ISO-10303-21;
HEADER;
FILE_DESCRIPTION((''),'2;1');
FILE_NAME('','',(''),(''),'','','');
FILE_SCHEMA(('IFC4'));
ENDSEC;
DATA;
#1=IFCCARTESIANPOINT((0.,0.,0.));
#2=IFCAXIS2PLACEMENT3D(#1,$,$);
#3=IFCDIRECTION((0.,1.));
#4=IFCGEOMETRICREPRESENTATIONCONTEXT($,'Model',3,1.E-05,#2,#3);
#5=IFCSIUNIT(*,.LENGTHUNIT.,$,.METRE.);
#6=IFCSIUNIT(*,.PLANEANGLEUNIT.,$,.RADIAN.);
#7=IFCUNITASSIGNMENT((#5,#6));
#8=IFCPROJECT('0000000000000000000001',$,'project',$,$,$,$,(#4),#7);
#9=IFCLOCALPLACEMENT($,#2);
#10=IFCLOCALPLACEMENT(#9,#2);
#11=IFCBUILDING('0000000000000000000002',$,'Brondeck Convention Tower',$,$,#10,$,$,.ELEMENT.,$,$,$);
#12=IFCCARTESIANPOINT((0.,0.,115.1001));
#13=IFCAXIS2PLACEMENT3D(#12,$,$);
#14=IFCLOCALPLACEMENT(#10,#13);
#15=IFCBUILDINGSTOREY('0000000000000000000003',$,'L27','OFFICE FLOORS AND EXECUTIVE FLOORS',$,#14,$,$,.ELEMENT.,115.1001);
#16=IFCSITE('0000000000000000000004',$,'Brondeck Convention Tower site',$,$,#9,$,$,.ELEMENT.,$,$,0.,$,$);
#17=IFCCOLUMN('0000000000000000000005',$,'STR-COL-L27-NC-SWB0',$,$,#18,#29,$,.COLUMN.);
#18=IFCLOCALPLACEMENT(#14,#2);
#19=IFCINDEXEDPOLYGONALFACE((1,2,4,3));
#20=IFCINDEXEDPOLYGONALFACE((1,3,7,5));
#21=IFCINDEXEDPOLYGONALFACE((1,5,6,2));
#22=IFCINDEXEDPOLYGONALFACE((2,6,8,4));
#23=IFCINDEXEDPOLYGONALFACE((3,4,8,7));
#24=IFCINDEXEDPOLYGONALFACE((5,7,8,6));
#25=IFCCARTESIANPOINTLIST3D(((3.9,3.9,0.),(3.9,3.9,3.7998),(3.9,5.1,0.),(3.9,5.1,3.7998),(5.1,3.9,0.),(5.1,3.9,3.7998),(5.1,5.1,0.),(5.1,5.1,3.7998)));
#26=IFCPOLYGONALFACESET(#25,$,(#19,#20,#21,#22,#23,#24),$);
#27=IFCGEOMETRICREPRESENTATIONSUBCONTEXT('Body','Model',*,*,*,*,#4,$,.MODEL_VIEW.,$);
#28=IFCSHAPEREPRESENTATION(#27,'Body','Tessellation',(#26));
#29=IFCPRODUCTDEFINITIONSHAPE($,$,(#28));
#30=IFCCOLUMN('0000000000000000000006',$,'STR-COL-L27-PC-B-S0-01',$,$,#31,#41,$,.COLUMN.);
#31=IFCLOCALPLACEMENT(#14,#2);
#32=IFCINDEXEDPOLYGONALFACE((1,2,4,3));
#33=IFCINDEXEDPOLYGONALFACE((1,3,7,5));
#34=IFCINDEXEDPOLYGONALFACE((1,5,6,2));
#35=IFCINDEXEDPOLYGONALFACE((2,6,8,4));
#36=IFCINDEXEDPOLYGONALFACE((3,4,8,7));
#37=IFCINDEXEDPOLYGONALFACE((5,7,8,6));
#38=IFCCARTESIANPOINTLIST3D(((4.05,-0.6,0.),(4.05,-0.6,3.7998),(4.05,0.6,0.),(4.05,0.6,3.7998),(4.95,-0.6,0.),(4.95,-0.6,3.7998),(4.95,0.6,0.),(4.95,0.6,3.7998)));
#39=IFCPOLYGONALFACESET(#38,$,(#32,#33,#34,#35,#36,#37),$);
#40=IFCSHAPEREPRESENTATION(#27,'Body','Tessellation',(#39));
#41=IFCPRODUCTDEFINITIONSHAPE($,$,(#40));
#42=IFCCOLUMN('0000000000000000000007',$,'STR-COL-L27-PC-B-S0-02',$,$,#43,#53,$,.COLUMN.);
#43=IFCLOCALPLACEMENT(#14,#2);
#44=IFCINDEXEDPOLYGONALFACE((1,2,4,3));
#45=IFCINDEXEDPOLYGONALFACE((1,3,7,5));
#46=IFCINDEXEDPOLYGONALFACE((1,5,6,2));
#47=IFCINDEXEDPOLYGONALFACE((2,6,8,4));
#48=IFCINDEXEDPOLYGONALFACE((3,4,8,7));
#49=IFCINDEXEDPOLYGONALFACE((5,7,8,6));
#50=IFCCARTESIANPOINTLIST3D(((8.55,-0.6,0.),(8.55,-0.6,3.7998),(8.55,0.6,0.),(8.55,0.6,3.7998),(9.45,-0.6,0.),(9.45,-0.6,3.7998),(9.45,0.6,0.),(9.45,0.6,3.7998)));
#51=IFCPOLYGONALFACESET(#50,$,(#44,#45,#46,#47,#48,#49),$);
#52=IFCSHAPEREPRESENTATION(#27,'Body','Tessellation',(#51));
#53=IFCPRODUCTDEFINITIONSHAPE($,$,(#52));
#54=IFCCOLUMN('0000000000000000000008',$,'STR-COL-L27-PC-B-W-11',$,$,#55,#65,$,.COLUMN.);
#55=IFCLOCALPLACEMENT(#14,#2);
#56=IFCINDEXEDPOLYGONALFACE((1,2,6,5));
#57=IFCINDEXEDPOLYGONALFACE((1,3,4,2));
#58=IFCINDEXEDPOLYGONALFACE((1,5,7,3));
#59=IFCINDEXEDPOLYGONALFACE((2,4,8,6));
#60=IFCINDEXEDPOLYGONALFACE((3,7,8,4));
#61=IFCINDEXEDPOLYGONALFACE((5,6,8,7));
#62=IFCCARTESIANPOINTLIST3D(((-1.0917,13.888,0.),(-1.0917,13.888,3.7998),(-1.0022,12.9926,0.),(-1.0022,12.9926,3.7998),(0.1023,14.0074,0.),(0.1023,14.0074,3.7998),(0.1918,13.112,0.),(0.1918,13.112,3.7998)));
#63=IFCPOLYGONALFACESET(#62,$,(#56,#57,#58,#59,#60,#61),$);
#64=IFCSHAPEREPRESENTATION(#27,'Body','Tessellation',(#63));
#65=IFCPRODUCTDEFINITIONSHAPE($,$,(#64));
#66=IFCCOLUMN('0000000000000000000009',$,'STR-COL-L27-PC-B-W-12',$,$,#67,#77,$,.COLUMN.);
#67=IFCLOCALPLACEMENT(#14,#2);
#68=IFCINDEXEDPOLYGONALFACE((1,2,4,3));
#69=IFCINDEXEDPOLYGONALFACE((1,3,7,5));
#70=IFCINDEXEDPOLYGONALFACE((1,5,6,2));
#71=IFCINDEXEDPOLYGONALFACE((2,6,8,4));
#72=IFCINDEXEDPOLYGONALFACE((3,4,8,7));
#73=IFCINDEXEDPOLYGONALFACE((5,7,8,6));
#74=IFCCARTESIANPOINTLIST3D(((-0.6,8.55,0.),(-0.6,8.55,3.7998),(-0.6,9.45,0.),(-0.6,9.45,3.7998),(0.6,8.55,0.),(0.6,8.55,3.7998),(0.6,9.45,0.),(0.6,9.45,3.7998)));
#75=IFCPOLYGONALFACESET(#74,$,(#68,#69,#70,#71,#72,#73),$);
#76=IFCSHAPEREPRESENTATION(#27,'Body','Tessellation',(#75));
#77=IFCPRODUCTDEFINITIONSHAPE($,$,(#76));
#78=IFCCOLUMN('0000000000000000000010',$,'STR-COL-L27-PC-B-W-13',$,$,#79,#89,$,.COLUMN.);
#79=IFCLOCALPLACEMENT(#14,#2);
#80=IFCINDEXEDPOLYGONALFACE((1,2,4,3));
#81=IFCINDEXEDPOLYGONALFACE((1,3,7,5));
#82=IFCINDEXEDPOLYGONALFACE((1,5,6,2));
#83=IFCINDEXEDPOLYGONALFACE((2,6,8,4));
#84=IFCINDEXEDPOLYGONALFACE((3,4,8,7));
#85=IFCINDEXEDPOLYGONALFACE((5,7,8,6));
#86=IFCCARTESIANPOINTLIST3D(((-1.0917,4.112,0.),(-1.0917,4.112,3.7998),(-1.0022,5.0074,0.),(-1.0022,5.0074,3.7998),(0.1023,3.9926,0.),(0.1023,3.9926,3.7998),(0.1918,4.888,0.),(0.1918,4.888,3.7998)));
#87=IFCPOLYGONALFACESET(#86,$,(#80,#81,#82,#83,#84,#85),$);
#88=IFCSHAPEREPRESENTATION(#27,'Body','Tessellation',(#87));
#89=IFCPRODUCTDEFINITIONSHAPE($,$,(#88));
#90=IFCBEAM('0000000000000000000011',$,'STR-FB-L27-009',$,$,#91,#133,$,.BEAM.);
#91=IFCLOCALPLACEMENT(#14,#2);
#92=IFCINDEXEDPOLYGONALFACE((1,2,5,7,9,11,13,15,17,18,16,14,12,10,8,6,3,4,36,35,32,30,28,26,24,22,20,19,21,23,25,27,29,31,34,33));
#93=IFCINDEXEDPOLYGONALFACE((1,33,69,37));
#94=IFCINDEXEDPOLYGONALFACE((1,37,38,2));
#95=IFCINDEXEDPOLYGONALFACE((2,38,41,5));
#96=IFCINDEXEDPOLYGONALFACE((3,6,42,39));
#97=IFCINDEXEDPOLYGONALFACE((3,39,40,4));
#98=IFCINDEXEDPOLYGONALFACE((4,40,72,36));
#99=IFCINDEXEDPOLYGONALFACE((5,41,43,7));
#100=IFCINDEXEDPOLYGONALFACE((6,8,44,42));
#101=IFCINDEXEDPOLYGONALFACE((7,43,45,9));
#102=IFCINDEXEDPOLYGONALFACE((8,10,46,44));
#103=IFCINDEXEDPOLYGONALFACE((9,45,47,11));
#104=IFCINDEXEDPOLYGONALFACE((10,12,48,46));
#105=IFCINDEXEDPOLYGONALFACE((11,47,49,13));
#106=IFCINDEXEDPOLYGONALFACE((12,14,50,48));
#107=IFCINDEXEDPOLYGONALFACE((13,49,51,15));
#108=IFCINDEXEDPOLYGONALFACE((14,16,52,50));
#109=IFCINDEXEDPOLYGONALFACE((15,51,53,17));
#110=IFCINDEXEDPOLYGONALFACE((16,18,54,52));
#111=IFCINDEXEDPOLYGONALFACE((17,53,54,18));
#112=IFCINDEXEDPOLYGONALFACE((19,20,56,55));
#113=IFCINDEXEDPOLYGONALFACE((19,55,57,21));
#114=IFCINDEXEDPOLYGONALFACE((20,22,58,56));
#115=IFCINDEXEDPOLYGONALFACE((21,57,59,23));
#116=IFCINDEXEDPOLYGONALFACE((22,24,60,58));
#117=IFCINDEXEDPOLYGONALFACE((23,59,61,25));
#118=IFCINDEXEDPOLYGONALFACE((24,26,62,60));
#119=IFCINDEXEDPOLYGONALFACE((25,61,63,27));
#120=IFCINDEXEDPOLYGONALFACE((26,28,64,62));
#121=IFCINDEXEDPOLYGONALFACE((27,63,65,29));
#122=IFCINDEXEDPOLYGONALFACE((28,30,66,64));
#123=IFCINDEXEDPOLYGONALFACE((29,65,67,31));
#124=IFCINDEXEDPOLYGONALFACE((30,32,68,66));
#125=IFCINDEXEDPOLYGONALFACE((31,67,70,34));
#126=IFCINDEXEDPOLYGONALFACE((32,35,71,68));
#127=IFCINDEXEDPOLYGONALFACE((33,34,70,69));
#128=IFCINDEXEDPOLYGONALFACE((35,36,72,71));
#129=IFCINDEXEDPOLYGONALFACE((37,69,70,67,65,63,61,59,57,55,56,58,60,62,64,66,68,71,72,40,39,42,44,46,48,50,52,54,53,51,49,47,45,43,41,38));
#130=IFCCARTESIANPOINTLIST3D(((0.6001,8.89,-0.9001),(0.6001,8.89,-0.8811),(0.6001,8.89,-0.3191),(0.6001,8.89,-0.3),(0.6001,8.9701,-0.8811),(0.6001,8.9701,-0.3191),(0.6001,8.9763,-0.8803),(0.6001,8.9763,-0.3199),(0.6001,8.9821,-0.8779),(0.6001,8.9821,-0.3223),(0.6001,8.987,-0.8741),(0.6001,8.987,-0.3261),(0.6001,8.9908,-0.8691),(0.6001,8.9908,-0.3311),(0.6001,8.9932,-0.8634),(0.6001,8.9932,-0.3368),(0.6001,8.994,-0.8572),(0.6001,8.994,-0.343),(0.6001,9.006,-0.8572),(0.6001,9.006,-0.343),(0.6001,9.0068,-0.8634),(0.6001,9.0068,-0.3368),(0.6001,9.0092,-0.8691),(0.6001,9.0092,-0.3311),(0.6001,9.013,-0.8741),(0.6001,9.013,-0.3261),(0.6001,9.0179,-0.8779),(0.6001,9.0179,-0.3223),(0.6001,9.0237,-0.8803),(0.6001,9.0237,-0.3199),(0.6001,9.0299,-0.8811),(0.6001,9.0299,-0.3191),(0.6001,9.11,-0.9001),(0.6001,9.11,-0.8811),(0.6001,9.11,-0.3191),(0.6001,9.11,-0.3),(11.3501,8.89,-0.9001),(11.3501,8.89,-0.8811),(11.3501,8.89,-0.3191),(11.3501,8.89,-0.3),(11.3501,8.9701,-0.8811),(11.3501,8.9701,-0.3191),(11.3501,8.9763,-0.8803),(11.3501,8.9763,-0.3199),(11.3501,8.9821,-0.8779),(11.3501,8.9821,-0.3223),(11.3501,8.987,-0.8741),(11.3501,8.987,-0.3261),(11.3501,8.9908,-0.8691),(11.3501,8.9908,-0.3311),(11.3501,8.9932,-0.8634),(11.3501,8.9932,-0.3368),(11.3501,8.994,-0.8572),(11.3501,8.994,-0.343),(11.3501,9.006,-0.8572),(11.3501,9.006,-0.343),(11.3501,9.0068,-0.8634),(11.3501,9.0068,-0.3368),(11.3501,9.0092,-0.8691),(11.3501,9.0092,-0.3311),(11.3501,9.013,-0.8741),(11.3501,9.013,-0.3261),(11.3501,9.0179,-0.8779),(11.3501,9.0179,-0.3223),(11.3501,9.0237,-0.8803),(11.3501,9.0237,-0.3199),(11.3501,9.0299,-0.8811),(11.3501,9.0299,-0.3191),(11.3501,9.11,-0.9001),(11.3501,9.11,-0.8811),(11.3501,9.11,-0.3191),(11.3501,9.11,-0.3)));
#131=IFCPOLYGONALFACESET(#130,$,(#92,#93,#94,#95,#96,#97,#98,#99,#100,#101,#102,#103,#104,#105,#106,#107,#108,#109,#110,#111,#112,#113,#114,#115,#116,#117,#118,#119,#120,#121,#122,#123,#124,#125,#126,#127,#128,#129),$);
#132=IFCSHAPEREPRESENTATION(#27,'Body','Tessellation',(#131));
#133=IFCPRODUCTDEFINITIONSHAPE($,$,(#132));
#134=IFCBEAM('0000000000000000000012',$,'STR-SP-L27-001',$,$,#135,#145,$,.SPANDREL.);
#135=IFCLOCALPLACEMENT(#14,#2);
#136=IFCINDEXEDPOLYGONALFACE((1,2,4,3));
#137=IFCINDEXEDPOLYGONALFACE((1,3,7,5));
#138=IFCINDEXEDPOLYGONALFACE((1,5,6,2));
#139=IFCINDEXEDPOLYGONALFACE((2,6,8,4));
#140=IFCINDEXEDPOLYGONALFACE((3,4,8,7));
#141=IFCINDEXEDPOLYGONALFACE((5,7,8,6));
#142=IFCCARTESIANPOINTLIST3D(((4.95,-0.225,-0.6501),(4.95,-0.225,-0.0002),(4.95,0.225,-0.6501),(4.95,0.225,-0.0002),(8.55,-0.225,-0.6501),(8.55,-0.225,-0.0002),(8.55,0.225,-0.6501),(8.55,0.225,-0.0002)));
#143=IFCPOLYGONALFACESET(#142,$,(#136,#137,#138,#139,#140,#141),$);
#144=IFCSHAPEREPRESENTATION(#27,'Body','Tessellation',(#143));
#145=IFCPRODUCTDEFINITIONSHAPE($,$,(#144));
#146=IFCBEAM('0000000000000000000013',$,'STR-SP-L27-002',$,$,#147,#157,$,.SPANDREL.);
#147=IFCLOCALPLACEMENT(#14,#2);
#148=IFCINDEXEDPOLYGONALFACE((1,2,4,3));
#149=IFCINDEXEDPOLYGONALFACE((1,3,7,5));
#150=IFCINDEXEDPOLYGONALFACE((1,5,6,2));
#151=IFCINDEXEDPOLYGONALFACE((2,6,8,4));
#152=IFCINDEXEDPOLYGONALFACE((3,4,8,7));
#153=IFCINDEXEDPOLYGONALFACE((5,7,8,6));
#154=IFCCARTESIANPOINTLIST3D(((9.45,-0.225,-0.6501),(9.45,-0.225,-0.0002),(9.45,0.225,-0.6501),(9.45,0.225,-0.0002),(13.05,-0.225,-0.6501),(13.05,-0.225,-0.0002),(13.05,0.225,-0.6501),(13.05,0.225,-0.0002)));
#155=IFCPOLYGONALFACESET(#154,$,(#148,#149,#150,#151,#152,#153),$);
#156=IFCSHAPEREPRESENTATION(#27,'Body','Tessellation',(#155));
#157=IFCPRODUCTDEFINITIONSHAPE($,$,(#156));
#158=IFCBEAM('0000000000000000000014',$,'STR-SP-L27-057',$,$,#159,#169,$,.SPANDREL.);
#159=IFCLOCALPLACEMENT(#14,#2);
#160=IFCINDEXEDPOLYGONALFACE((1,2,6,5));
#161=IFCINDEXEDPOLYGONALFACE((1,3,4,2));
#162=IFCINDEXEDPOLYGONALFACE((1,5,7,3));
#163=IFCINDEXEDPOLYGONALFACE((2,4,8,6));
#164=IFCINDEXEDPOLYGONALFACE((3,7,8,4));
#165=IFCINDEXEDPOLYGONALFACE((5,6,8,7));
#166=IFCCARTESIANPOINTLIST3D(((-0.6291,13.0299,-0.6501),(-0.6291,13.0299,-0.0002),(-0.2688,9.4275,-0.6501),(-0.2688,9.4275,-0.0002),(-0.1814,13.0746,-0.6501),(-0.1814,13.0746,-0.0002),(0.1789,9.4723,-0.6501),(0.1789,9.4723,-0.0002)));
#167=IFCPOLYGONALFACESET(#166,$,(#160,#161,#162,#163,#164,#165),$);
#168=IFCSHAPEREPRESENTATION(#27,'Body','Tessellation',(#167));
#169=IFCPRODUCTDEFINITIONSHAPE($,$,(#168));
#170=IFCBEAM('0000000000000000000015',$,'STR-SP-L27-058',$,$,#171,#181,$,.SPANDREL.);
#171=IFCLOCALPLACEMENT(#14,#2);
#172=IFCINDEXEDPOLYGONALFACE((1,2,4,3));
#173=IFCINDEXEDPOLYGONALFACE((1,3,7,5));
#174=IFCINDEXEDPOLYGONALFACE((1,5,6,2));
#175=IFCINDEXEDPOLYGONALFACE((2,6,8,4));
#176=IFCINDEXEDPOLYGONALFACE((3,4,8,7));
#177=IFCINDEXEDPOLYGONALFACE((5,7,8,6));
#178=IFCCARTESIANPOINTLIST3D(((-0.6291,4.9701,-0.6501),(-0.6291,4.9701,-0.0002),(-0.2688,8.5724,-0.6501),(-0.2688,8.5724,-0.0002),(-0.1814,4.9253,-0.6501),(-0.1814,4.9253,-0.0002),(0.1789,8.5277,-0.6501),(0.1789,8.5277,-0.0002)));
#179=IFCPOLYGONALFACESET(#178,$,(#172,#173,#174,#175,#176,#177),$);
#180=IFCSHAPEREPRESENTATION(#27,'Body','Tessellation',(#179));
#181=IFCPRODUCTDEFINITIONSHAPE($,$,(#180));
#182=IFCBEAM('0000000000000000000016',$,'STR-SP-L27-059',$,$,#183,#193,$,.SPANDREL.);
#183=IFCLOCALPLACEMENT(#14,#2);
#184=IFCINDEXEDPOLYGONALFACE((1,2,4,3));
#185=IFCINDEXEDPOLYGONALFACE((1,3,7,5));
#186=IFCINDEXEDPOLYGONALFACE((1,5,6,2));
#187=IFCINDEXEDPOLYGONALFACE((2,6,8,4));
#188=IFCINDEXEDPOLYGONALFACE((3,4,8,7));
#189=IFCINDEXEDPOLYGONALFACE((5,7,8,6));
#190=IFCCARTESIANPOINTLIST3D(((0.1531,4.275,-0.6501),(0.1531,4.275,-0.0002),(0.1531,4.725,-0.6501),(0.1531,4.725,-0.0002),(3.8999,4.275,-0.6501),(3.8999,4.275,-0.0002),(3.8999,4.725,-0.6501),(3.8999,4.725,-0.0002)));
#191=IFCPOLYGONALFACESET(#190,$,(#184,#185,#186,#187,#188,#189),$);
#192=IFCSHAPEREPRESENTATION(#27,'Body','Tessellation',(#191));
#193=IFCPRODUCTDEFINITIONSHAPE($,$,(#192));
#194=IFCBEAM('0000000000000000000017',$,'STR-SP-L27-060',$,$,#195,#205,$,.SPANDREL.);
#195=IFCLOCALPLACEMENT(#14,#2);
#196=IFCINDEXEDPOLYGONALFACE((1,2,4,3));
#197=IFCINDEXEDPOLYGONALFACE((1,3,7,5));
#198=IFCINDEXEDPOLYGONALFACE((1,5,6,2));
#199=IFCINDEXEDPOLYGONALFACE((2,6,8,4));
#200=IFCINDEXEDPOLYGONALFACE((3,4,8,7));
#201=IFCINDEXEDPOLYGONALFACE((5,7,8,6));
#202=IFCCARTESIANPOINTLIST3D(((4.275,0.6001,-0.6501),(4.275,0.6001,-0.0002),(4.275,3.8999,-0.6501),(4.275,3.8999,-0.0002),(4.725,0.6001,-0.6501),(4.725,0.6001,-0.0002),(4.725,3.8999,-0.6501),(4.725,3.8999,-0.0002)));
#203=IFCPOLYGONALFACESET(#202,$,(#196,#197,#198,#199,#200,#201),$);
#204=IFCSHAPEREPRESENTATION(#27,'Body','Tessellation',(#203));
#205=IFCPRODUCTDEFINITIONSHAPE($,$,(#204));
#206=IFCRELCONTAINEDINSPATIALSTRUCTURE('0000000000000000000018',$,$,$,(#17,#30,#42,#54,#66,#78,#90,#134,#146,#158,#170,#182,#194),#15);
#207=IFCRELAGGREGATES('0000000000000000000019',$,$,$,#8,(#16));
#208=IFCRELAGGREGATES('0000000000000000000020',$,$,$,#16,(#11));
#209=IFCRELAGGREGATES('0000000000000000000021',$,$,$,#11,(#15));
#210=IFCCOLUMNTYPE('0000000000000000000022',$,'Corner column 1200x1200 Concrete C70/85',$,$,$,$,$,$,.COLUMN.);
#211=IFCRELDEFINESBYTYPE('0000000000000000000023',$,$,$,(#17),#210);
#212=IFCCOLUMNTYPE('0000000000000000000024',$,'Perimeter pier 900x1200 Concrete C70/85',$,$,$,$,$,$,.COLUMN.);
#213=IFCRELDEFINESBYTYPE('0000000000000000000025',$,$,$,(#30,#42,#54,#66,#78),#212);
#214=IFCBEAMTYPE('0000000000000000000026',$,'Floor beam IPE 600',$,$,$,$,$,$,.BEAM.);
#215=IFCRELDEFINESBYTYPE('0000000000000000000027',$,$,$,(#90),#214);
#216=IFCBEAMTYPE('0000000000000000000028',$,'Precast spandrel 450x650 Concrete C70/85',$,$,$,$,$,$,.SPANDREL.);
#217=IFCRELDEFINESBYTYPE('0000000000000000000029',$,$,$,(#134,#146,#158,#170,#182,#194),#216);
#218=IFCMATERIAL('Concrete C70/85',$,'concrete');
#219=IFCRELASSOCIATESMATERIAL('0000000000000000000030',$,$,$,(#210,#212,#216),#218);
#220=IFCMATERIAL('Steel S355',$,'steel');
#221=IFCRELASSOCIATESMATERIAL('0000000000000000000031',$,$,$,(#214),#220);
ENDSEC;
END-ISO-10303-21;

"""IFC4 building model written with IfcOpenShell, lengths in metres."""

from ifc_helpers import new_model, si_unit, direction, frame, origin, origin_2d, place, context, subcontext, project, spatial, rectangle, i_section, extrude, material, material_profile, profile_set, type_object, element, save


model = new_model("IFC4")

# Units and contexts
model_context = context("Model", 3, precision=1e-05, world=origin(), true_north=direction((0.0, 1.0)))
body_context = subcontext(model_context, "Body", "Model", "MODEL_VIEW")
ifc_project = project(units=[si_unit("LENGTHUNIT", "METRE"), si_unit("PLANEANGLEUNIT", "RADIAN")], contexts=[model_context])

# Site, building, storey
site_placement = place(None, origin())
site = spatial("IfcSite", under=ifc_project, at=site_placement, Name="Brondeck Convention Tower site", CompositionType="ELEMENT", RefElevation=0.0)
building_placement = place(site_placement, origin())
building = spatial("IfcBuilding", under=site, at=building_placement, Name="Brondeck Convention Tower", CompositionType="ELEMENT")
storey_placement = place(building_placement, frame((0.0, 0.0, 115.1001)))
storey = spatial("IfcBuildingStorey", under=building, at=storey_placement, Name="L27", Description="OFFICE FLOORS AND EXECUTIVE FLOORS", CompositionType="ELEMENT", Elevation=115.1001)

# Columns
ifc_material_1 = material(Name="Concrete C70/85", Category="concrete")
ifc_material_profile_1 = material_profile(ifc_material_1, rectangle(XDim=1.2, YDim=1.2, at=origin_2d()), Name="Corner column 1200x1200 Concrete C70/85")
ifc_profile_set_1 = profile_set([ifc_material_profile_1], Name="Concrete C70/85")
column_type_1 = type_object("IfcColumnType", Name="Corner column 1200x1200 Concrete C70/85", PredefinedType="COLUMN", material=ifc_profile_set_1)
column_placement = place(storey_placement, frame((4.5, 4.5, 0.0), z_axis=(0.0, 0.0, 1.0), x_axis=(1.0, 0.0, 0.0)))
element("IfcColumn", 1, at=column_placement, inside=storey, type_object=column_type_1, Name="STR-COL-L27-NC-SWB0", PredefinedType="COLUMN", context=body_context, shape_type="SweptSolid", body=[
    extrude(rectangle(XDim=1.2, YDim=1.2, at=origin_2d()), origin(), (0.0, 0.0, 1.0), 3.7998),
])
ifc_material_profile_2 = material_profile(ifc_material_1, rectangle(XDim=0.8999, YDim=1.2, at=origin_2d()), Name="Perimeter pier 900x1200 Concrete C70/85")
ifc_profile_set_2 = profile_set([ifc_material_profile_2], Name="Concrete C70/85")
column_type_2 = type_object("IfcColumnType", Name="Perimeter pier 900x1200 Concrete C70/85", PredefinedType="COLUMN", material=ifc_profile_set_2)
for number, where, z_axis, x_axis, name in (
    (2, (4.5, 0.0, 0.0), (0.0, 0.0, 1.0), (1.0, 0.0, 0.0), "STR-COL-L27-PC-B-S0-01"),
    (3, (9.0, 0.0, 0.0), (0.0, 0.0, 1.0), (1.0, 0.0, 0.0), "STR-COL-L27-PC-B-S0-02"),
    (4, (-0.45, 13.5, 0.0), (0.0, 0.0, 1.0), (0.099504, -0.995037, 0.0), "STR-COL-L27-PC-B-W-11"),
    (5, (0.0, 9.0, 0.0), (0.0, 0.0, 1.0), (0.0, -1.0, 0.0), "STR-COL-L27-PC-B-W-12"),
    (6, (-0.45, 4.5, 0.0), (0.0, 0.0, 1.0), (-0.099504, -0.995037, 0.0), "STR-COL-L27-PC-B-W-13"),
):
    element("IfcColumn", number, at=place(storey_placement, frame(where, z_axis=z_axis, x_axis=x_axis)), inside=storey, type_object=column_type_2, Name=name, PredefinedType="COLUMN", context=body_context, shape_type="SweptSolid", body=[
        extrude(rectangle(XDim=0.8999, YDim=1.2, at=origin_2d()), origin(), (0.0, 0.0, 1.0), 3.7998),
    ])

# Beams
ifc_material_2 = material(Name="Steel S355", Category="steel")
ifc_material_profile_3 = material_profile(ifc_material_2, i_section(OverallWidth=0.22, OverallDepth=0.6001, WebThickness=0.012, FlangeThickness=0.019, FilletRadius=0.0239, at=origin_2d()), Name="IPE 600")
ifc_profile_set_3 = profile_set([ifc_material_profile_3], Name="Steel S355")
beam_type_1 = type_object("IfcBeamType", Name="Floor beam IPE 600", PredefinedType="BEAM", material=ifc_profile_set_3)
beam_1_placement = place(storey_placement, frame((0.6001, 9.0, -0.6001), z_axis=(1.0, 0.0, 0.0), x_axis=(0.0, 1.0, 0.0)))
element("IfcBeam", 7, at=beam_1_placement, inside=storey, type_object=beam_type_1, Name="STR-FB-L27-009", PredefinedType="BEAM", context=body_context, shape_type="SweptSolid", body=[
    extrude(i_section(OverallWidth=0.22, OverallDepth=0.6001, WebThickness=0.012, FlangeThickness=0.019, FilletRadius=0.0239, at=origin_2d()), origin(), (0.0, 0.0, 1.0), 10.75),
])
ifc_material_profile_4 = material_profile(ifc_material_1, rectangle(XDim=0.45, YDim=0.6499, at=origin_2d()), Name="Precast spandrel 450x650 Concrete C70/85")
ifc_profile_set_4 = profile_set([ifc_material_profile_4], Name="Concrete C70/85")
beam_type_2 = type_object("IfcBeamType", Name="Precast spandrel 450x650 Concrete C70/85", PredefinedType="SPANDREL", material=ifc_profile_set_4)
for number, where, z_axis, x_axis, name in (
    (8, (4.95, 0.0, -0.3252), (1.0, 0.0, 0.0), (0.0, 1.0, 0.0), "STR-SP-L27-001"),
    (9, (9.45, 0.0, -0.3252), (1.0, 0.0, 0.0), (0.0, 1.0, 0.0), "STR-SP-L27-002"),
):
    element("IfcBeam", number, at=place(storey_placement, frame(where, z_axis=z_axis, x_axis=x_axis)), inside=storey, type_object=beam_type_2, Name=name, PredefinedType="SPANDREL", context=body_context, shape_type="SweptSolid", body=[
        extrude(rectangle(XDim=0.45, YDim=0.6499, at=origin_2d()), origin(), (0.0, 0.0, 1.0), 3.6001),
    ])
for number, where, z_axis, x_axis, name in (
    (10, (-0.4053, 13.0522, -0.3252), (0.099537, -0.995034, 0.0), (0.995034, 0.099537, 0.0), "STR-SP-L27-057"),
    (11, (-0.0449, 8.55, -0.3252), (-0.099537, -0.995034, 0.0), (0.995034, -0.099537, 0.0), "STR-SP-L27-058"),
):
    element("IfcBeam", number, at=place(storey_placement, frame(where, z_axis=z_axis, x_axis=x_axis)), inside=storey, type_object=beam_type_2, Name=name, PredefinedType="SPANDREL", context=body_context, shape_type="SweptSolid", body=[
        extrude(rectangle(XDim=0.45, YDim=0.6499, at=origin_2d()), origin(), (0.0, 0.0, 1.0), 3.6204),
    ])
beam_2_placement = place(storey_placement, frame((0.1531, 4.5, -0.3252), z_axis=(1.0, 0.0, 0.0), x_axis=(0.0, 1.0, 0.0)))
element("IfcBeam", 12, at=beam_2_placement, inside=storey, type_object=beam_type_2, Name="STR-SP-L27-059", PredefinedType="SPANDREL", context=body_context, shape_type="SweptSolid", body=[
    extrude(rectangle(XDim=0.45, YDim=0.6499, at=origin_2d()), origin(), (0.0, 0.0, 1.0), 3.7468),
])
beam_3_placement = place(storey_placement, frame((4.5, 3.8999, -0.3252), z_axis=(0.0, -1.0, 0.0), x_axis=(1.0, 0.0, 0.0)))
element("IfcBeam", 13, at=beam_3_placement, inside=storey, type_object=beam_type_2, Name="STR-SP-L27-060", PredefinedType="SPANDREL", context=body_context, shape_type="SweptSolid", body=[
    extrude(rectangle(XDim=0.45, YDim=0.6499, at=origin_2d()), origin(), (0.0, 0.0, 1.0), 3.2998),
])

save(model, "model.ifc")
